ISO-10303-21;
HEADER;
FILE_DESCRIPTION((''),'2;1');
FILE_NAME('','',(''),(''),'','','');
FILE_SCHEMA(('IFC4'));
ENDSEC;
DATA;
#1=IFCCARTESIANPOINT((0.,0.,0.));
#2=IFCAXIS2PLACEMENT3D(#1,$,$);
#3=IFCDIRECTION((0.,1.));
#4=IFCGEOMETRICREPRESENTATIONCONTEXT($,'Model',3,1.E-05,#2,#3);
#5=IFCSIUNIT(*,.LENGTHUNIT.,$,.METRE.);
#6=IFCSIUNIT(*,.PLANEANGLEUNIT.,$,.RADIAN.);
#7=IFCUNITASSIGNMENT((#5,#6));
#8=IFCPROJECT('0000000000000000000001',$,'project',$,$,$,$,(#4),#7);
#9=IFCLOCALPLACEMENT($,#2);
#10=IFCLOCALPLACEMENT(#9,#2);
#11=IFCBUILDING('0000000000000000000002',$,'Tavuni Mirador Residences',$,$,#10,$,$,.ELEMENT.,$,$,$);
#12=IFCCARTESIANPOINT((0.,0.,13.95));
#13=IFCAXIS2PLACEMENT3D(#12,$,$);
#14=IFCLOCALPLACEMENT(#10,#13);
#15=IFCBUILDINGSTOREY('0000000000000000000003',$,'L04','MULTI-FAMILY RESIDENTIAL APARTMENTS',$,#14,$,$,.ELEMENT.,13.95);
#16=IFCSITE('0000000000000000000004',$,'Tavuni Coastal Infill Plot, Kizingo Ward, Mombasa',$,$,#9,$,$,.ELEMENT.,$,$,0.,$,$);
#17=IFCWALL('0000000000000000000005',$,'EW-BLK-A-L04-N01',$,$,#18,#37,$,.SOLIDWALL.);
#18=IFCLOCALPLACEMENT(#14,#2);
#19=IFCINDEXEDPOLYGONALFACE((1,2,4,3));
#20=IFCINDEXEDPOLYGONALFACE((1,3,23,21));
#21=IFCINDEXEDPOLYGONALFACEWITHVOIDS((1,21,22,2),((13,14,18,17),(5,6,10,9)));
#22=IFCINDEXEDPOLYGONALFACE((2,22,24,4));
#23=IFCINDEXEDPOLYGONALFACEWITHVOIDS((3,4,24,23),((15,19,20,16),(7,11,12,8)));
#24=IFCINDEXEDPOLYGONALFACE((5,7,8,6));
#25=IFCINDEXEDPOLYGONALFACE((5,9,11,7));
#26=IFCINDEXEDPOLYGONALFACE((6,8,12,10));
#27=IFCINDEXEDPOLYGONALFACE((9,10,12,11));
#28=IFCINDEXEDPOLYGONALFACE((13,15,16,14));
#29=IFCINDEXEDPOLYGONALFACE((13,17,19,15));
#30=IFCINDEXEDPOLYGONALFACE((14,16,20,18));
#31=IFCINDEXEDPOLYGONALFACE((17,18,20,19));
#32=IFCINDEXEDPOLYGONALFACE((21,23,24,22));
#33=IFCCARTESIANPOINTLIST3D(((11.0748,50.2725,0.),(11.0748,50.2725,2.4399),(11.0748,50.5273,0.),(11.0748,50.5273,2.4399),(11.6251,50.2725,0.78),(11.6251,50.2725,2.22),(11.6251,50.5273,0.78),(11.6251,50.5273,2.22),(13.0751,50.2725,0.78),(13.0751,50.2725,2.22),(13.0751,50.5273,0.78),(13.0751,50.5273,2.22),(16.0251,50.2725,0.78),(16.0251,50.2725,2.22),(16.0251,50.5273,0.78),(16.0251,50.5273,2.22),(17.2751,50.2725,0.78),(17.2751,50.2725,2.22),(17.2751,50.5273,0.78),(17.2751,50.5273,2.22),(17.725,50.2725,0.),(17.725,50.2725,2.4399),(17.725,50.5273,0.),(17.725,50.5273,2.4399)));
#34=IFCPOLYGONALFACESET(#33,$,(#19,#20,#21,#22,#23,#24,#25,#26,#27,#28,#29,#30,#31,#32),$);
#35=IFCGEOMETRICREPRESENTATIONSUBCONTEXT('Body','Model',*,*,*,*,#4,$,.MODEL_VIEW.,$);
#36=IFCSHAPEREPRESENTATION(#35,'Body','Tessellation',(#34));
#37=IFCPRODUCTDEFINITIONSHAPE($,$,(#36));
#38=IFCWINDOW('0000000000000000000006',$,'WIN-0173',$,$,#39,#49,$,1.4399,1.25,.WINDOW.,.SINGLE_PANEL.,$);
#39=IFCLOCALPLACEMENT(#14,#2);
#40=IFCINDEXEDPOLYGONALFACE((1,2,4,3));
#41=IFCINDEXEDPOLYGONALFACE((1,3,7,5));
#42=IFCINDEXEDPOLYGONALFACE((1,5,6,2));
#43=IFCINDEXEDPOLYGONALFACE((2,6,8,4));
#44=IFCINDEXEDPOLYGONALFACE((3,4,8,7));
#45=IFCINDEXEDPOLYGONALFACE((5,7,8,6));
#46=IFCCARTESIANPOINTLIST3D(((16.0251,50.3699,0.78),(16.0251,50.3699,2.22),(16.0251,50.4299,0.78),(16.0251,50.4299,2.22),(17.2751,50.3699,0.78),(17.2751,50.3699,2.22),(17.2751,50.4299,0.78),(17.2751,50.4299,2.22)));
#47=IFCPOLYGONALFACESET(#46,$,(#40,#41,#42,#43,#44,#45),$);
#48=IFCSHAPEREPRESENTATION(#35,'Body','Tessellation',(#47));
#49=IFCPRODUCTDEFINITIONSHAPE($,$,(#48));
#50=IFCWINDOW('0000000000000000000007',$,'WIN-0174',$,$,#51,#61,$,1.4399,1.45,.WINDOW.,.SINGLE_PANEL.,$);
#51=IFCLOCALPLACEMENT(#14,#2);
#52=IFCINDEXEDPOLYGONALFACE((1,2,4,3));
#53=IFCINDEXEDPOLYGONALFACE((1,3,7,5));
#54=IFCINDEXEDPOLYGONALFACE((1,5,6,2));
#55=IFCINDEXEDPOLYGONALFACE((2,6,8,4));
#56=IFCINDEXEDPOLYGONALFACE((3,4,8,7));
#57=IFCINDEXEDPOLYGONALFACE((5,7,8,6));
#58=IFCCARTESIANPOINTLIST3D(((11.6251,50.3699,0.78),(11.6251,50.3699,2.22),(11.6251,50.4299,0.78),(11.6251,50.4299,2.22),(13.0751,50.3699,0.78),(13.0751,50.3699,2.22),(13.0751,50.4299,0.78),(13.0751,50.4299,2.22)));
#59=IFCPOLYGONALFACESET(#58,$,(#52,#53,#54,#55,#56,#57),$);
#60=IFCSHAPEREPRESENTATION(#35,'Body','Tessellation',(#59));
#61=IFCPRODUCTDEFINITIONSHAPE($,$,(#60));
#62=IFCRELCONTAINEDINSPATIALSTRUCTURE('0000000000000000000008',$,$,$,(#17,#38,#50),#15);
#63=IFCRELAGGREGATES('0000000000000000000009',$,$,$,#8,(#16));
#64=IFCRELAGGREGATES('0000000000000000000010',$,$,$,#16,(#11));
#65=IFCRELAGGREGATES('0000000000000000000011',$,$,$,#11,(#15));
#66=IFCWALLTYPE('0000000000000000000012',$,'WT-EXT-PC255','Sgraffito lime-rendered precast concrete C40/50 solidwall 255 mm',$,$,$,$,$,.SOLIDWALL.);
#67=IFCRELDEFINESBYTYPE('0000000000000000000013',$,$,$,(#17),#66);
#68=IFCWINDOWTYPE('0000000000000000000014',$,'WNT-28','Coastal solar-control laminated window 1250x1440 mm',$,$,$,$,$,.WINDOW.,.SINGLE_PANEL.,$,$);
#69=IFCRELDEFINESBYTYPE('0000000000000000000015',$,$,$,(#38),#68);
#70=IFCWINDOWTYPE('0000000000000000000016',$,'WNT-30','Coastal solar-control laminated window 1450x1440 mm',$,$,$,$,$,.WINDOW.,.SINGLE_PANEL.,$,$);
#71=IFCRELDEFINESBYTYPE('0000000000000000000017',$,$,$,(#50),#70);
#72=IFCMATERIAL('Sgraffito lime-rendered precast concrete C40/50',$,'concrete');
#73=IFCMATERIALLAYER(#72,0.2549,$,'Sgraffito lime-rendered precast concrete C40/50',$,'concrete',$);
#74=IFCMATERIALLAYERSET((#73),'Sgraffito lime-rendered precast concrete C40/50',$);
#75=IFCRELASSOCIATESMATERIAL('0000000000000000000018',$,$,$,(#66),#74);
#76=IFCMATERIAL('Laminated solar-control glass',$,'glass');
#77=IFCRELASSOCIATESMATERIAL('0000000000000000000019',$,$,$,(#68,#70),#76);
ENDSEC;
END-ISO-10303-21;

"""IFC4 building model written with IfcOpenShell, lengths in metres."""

from ifc_helpers import new_model, si_unit, direction, frame, frame_2d, origin, place, context, subcontext, project, spatial, rectangle, extrude, material, layer, layer_set, type_object, element, fill, save


model = new_model("IFC4")

# Units and contexts
model_context = context("Model", 3, precision=1e-05, world=origin(), true_north=direction((0.0, 1.0)))
body_context = subcontext(model_context, "Body", "Model", "MODEL_VIEW")
ifc_project = project(units=[si_unit("LENGTHUNIT", "METRE"), si_unit("PLANEANGLEUNIT", "RADIAN")], contexts=[model_context])

# Site, building, storey
site_placement = place(None, origin())
site = spatial("IfcSite", under=ifc_project, at=site_placement, Name="Tavuni Coastal Infill Plot, Kizingo Ward, Mombasa", CompositionType="ELEMENT", RefElevation=0.0)
building_placement = place(site_placement, origin())
building = spatial("IfcBuilding", under=site, at=building_placement, Name="Tavuni Mirador Residences", CompositionType="ELEMENT")
storey_placement = place(building_placement, frame((0.0, 0.0, 13.95)))
storey = spatial("IfcBuildingStorey", under=building, at=storey_placement, Name="L04", Description="MULTI-FAMILY RESIDENTIAL APARTMENTS", CompositionType="ELEMENT", Elevation=13.95)

# Wall, openings, windows
ifc_material_1 = material(Name="Sgraffito lime-rendered precast concrete C40/50", Category="concrete")
ifc_layer_1 = layer(ifc_material_1, 0.2549, Name="Sgraffito lime-rendered precast concrete C40/50", Category="concrete")
ifc_layer_set_1 = layer_set([ifc_layer_1], Name="Sgraffito lime-rendered precast concrete C40/50")
wall_type_1 = type_object("IfcWallType", Name="WT-EXT-PC255", Description="Sgraffito lime-rendered precast concrete C40/50 solidwall 255 mm", PredefinedType="SOLIDWALL", material=ifc_layer_set_1)
wall_1_placement = place(storey_placement, frame((17.7251, 50.3999, 0.0), z_axis=(0.0, 0.0, 1.0), x_axis=(-1.0, 0.0, 0.0)))
wall_1 = element("IfcWall", 1, at=wall_1_placement, inside=storey, type_object=wall_type_1, Name="EW-BLK-A-L04-N01", PredefinedType="SOLIDWALL", context=body_context, shape_type="SweptSolid", body=[
    extrude(rectangle(XDim=6.6501, YDim=0.2549, at=frame_2d((3.3252, 0.0))), origin(), (0.0, 0.0, 1.0), 2.4399),
])
opening_1_placement = place(wall_1_placement, frame((0.45, 0.0, 0.78)))
opening_1 = element("IfcOpeningElement", 2, at=opening_1_placement, cuts=wall_1, PredefinedType="OPENING", context=body_context, shape_type="SweptSolid", body=[
    extrude(rectangle(XDim=1.25, YDim=1.4399, at=frame_2d((0.625, 0.72))), frame((0.0, 0.1375, 0.0), z_axis=(0.0, -1.0, 0.0), x_axis=(1.0, 0.0, 0.0)), (0.0, 0.0, 1.0), 0.2749),
])
opening_2_placement = place(wall_1_placement, frame((4.6499, 0.0, 0.78)))
opening_2 = element("IfcOpeningElement", 3, at=opening_2_placement, cuts=wall_1, PredefinedType="OPENING", context=body_context, shape_type="SweptSolid", body=[
    extrude(rectangle(XDim=1.45, YDim=1.4399, at=frame_2d((0.7251, 0.72))), frame((0.0, 0.1375, 0.0), z_axis=(0.0, -1.0, 0.0), x_axis=(1.0, 0.0, 0.0)), (0.0, 0.0, 1.0), 0.2749),
])
ifc_material_2 = material(Name="Laminated solar-control glass", Category="glass")
window_type_1 = type_object("IfcWindowType", Name="WNT-28", Description="Coastal solar-control laminated window 1250x1440 mm", PartitioningType="SINGLE_PANEL", PredefinedType="WINDOW", material=ifc_material_2)
window_1_placement = place(opening_1_placement, origin())
window_1 = element("IfcWindow", 4, at=window_1_placement, inside=storey, type_object=window_type_1, Name="WIN-0173", OverallHeight=1.4399, OverallWidth=1.25, PartitioningType="SINGLE_PANEL", PredefinedType="WINDOW", context=body_context, shape_type="SweptSolid", body=[
    extrude(rectangle(XDim=1.25, YDim=1.4399, at=frame_2d((0.625, 0.72))), frame((0.0, 0.03, 0.0), z_axis=(0.0, -1.0, 0.0), x_axis=(1.0, 0.0, 0.0)), (0.0, 0.0, 1.0), 0.0601),
])
fill(opening_1, window_1)
window_type_2 = type_object("IfcWindowType", Name="WNT-30", Description="Coastal solar-control laminated window 1450x1440 mm", PartitioningType="SINGLE_PANEL", PredefinedType="WINDOW", material=ifc_material_2)
window_2_placement = place(opening_2_placement, origin())
window_2 = element("IfcWindow", 5, at=window_2_placement, inside=storey, type_object=window_type_2, Name="WIN-0174", OverallHeight=1.4399, OverallWidth=1.45, PartitioningType="SINGLE_PANEL", PredefinedType="WINDOW", context=body_context, shape_type="SweptSolid", body=[
    extrude(rectangle(XDim=1.45, YDim=1.4399, at=frame_2d((0.7251, 0.72))), frame((0.0, 0.03, 0.0), z_axis=(0.0, -1.0, 0.0), x_axis=(1.0, 0.0, 0.0)), (0.0, 0.0, 1.0), 0.0601),
])
fill(opening_2, window_2)

save(model, "model.ifc")
